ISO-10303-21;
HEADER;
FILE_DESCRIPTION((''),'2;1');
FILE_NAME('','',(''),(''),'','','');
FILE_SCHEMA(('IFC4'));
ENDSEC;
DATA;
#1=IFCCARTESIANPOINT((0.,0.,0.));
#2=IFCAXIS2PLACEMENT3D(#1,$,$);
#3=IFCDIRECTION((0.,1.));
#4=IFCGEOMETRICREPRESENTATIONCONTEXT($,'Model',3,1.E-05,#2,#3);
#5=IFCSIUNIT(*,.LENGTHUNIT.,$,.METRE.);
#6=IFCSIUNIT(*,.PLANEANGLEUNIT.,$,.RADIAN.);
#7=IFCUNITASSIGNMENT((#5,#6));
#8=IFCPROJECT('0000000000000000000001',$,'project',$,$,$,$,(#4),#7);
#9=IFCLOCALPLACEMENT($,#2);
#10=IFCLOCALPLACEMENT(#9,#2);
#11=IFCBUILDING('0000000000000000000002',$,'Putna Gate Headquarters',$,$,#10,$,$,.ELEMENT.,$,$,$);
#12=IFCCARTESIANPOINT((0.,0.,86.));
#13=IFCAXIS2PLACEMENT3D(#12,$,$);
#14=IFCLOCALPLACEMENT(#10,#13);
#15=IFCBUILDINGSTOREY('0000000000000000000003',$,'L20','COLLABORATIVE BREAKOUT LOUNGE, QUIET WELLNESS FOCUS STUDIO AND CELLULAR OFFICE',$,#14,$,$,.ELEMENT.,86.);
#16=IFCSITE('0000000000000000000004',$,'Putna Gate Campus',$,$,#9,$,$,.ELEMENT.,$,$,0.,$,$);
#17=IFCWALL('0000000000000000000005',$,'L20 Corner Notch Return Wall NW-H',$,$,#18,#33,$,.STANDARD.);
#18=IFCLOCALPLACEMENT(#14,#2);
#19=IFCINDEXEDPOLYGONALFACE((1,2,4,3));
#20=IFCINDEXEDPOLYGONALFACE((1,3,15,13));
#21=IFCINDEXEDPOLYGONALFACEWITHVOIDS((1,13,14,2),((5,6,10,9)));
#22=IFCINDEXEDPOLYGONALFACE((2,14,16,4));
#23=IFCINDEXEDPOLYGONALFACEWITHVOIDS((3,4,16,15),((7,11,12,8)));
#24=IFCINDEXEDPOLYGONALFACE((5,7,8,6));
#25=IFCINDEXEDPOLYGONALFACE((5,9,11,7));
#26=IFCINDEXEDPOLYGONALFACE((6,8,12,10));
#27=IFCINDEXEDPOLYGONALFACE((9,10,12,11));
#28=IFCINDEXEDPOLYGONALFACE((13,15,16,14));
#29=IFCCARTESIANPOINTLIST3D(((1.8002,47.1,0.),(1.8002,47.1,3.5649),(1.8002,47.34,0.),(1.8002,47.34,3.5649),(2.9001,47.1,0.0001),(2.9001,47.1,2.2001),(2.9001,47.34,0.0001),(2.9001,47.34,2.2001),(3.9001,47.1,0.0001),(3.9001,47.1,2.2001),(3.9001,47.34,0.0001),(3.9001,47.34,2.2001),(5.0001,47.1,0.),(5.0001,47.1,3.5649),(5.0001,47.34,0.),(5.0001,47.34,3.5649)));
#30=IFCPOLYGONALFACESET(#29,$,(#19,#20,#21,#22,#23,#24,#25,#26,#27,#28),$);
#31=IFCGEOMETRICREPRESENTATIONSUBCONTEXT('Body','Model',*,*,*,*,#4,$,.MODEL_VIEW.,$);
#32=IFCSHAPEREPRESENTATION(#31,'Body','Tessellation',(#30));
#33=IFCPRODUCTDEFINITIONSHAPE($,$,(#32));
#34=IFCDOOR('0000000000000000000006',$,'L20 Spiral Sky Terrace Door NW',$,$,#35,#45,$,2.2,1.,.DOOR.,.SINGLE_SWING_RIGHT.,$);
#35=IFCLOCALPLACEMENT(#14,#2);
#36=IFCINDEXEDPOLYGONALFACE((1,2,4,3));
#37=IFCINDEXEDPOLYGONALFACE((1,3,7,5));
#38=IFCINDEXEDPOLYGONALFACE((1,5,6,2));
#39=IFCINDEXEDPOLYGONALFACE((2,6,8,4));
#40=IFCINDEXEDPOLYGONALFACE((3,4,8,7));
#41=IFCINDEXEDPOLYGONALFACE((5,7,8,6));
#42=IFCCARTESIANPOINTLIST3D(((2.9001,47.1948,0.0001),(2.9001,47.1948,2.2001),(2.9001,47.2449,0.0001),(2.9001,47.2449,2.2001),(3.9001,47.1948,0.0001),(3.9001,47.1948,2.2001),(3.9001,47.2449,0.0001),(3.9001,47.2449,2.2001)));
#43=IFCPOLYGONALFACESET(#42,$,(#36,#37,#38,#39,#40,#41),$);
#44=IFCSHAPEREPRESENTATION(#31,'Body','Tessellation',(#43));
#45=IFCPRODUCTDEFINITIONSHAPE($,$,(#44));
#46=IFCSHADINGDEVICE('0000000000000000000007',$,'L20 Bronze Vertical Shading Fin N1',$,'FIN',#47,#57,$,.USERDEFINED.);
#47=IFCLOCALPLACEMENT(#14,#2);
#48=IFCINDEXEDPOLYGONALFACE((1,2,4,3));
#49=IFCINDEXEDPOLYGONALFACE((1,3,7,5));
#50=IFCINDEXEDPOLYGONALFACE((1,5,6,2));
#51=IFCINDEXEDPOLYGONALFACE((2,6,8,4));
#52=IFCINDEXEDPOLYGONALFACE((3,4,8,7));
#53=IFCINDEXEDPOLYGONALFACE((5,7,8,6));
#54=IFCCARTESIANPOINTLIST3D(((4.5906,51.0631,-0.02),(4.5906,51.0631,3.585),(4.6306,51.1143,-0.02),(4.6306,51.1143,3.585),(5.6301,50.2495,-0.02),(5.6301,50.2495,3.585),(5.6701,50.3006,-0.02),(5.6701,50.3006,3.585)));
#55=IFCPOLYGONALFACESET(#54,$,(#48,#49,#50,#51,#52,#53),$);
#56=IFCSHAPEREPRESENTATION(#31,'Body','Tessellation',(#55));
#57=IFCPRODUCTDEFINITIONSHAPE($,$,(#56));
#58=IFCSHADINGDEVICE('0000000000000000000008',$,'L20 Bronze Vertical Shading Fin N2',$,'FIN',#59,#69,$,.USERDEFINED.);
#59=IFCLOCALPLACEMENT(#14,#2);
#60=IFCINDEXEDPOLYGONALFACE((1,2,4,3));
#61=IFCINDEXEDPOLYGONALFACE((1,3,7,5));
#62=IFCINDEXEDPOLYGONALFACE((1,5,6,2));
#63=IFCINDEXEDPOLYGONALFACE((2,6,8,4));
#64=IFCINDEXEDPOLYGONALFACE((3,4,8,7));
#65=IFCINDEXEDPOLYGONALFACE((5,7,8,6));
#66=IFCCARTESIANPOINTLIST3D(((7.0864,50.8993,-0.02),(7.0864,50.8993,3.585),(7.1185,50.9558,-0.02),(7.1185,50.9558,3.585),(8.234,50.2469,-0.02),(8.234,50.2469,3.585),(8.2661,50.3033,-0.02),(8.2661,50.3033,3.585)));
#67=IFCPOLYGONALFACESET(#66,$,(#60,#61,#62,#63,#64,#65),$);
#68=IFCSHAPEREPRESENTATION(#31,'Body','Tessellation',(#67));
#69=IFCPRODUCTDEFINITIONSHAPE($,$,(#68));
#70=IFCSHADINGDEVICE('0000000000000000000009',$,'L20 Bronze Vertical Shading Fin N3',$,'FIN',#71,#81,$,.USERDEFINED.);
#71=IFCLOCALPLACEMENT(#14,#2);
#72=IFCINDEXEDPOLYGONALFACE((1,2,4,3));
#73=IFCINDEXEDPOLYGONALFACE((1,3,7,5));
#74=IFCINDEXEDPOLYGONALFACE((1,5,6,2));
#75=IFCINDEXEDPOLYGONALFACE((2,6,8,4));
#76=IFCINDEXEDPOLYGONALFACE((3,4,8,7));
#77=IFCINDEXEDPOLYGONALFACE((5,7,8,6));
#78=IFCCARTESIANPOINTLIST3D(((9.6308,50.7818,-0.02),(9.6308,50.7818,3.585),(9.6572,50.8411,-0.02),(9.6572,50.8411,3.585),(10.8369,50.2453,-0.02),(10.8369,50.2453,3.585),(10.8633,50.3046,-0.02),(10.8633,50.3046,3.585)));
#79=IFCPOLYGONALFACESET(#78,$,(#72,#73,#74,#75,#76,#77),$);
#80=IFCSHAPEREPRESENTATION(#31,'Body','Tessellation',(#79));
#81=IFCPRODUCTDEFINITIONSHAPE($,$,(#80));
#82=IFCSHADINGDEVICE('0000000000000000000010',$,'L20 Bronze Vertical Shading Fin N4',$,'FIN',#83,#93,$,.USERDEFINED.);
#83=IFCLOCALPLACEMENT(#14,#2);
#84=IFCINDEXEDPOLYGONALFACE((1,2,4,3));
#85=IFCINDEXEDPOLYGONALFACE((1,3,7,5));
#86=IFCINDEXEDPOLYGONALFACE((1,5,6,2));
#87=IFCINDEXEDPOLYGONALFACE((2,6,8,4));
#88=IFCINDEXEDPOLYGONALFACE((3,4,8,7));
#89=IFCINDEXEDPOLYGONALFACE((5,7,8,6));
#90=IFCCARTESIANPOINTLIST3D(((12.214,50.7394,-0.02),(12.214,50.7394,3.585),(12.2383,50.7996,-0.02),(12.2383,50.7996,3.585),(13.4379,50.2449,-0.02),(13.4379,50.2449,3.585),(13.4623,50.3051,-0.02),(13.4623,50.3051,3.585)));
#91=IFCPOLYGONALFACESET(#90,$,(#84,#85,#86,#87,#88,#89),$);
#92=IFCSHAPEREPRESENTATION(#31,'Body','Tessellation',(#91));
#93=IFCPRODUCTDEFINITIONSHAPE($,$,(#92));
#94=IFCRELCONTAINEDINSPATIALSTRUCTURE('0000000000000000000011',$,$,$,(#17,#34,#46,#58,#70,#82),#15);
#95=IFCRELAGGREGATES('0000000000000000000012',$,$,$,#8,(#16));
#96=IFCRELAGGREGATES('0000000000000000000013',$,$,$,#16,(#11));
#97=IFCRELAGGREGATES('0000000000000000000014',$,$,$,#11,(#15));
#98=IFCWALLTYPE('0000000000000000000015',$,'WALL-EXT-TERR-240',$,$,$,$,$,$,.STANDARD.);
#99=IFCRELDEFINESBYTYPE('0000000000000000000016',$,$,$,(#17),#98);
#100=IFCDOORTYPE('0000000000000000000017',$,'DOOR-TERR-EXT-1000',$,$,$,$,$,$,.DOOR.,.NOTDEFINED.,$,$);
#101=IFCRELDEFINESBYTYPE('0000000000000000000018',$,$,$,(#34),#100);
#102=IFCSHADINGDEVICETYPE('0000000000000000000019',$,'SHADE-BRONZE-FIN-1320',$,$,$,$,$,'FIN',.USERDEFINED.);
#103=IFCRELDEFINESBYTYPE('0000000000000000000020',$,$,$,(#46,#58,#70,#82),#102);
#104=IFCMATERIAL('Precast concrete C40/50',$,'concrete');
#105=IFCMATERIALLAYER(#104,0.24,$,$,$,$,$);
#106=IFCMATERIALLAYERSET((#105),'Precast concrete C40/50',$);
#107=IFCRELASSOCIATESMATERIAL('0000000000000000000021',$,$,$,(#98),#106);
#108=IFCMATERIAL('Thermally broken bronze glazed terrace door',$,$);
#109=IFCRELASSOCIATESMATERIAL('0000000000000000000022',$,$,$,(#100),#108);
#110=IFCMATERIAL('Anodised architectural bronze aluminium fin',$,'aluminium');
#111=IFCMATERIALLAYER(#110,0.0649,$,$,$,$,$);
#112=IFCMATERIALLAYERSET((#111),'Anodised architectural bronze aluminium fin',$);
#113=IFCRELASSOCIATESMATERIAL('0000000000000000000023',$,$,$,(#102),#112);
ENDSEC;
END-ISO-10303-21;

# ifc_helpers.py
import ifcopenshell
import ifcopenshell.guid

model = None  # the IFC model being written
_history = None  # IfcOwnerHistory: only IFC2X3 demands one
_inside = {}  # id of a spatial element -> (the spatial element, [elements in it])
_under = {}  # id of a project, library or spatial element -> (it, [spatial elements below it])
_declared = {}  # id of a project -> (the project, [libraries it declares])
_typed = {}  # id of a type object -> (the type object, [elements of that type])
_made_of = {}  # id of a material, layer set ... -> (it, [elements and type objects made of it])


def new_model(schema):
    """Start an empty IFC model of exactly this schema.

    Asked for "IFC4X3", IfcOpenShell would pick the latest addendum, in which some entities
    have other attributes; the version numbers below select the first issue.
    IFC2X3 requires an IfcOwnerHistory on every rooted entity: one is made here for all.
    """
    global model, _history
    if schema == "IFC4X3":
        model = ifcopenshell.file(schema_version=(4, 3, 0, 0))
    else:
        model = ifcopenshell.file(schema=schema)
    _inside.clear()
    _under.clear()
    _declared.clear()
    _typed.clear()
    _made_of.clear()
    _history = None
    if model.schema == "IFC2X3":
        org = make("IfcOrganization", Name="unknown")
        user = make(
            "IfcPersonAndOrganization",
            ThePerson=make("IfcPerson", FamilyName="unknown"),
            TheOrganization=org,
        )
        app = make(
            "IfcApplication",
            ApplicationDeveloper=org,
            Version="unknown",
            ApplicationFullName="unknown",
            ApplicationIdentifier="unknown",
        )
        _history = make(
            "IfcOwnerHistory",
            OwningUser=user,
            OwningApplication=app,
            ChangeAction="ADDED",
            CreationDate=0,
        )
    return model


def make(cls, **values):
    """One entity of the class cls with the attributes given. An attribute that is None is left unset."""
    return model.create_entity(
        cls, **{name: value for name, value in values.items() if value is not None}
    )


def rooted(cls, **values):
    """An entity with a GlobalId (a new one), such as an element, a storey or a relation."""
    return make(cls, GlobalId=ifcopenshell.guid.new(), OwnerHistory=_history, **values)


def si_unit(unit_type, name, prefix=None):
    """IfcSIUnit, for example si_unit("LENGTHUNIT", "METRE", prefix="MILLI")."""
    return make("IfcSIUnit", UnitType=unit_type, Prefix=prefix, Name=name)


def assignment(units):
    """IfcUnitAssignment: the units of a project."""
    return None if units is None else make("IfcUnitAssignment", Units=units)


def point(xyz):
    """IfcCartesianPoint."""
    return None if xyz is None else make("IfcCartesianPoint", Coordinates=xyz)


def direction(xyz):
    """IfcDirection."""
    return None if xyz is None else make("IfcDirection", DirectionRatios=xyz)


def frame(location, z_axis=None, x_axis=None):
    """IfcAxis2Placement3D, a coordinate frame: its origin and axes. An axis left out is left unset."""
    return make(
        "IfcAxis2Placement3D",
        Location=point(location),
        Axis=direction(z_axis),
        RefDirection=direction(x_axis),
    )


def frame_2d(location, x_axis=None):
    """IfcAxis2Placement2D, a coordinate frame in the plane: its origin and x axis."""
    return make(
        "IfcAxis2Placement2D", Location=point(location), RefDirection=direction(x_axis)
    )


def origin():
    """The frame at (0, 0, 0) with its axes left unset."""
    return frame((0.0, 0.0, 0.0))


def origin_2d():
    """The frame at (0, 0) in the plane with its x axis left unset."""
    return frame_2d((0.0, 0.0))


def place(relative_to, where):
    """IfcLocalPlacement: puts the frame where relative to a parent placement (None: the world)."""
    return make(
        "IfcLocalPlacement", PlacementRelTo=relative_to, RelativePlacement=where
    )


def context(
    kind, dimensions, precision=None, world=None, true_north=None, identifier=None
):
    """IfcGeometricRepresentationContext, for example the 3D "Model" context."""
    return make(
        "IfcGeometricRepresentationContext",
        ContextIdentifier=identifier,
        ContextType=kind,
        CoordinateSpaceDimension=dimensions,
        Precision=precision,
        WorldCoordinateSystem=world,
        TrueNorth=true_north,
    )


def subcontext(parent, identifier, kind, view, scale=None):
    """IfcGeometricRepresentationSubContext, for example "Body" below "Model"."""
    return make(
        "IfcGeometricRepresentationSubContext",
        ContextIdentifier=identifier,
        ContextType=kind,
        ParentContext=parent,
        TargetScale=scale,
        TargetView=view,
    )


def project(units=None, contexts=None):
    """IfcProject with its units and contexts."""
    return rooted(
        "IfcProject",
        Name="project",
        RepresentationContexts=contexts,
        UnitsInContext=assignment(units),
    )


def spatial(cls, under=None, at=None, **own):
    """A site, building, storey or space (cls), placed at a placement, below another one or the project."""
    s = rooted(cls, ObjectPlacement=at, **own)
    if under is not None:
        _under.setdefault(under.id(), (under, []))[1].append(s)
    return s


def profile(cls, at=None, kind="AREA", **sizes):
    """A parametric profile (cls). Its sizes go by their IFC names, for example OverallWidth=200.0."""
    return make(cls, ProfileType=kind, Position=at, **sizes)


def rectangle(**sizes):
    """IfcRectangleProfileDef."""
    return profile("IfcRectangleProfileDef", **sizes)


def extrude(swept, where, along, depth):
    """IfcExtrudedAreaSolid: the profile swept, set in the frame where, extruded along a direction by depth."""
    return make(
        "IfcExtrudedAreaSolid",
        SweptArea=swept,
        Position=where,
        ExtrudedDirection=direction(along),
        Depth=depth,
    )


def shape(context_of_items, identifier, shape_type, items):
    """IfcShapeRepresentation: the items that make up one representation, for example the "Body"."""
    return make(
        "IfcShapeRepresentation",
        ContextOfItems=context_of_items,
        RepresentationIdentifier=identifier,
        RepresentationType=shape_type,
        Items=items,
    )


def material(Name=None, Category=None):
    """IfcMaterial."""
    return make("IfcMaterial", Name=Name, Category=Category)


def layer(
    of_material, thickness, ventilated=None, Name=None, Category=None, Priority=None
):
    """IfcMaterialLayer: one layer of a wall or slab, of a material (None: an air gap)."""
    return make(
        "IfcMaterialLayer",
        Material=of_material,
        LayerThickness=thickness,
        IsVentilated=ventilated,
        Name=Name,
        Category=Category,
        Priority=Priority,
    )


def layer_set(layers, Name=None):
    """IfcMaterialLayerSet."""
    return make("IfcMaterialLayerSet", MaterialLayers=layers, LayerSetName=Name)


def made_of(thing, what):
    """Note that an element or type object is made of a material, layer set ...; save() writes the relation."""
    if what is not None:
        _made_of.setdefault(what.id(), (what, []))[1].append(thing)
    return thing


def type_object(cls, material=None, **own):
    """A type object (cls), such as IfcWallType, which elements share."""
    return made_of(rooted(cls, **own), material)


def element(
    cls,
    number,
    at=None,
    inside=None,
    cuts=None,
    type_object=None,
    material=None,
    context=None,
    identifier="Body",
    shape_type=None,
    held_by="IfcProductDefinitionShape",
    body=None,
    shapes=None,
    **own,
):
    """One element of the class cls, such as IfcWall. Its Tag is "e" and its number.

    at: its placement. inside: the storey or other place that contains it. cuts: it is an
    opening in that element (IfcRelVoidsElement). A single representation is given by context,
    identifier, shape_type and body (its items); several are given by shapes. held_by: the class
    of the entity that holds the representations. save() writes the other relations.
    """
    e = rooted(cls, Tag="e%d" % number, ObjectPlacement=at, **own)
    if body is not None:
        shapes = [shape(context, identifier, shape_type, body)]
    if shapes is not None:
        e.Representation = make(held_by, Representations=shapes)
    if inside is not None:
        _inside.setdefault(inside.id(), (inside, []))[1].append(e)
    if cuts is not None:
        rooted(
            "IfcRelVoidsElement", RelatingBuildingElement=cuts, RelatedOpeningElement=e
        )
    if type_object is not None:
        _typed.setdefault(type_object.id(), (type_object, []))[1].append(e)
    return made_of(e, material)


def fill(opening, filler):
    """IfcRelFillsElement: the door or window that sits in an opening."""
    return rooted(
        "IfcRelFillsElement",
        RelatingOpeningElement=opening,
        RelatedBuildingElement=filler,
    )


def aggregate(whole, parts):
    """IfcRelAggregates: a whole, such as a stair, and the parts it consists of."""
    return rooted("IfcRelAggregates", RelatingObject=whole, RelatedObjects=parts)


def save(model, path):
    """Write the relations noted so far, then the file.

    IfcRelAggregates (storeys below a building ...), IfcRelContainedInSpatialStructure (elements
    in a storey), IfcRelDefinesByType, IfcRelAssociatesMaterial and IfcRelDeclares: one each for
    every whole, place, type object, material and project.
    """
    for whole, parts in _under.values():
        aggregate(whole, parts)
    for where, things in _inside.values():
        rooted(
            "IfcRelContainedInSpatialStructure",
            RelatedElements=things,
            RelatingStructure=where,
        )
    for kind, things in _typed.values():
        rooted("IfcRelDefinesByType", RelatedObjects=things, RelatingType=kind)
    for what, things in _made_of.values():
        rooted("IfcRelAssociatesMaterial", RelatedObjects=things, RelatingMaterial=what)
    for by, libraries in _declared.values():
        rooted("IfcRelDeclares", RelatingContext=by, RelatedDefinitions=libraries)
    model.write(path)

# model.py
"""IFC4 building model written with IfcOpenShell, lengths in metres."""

from ifc_helpers import new_model, si_unit, direction, frame, frame_2d, origin, origin_2d, place, context, subcontext, project, spatial, rectangle, extrude, material, layer, layer_set, type_object, element, fill, save


model = new_model("IFC4")

# Units and contexts
model_context = context("Model", 3, precision=1e-05, world=origin(), true_north=direction((0.0, 1.0)))
body_context = subcontext(model_context, "Body", "Model", "MODEL_VIEW")
ifc_project = project(units=[si_unit("LENGTHUNIT", "METRE"), si_unit("PLANEANGLEUNIT", "RADIAN")], contexts=[model_context])

# Site, building, storey
site_placement = place(None, origin())
site = spatial("IfcSite", under=ifc_project, at=site_placement, Name="Putna Gate Campus", CompositionType="ELEMENT", RefElevation=0.0)
building_placement = place(site_placement, origin())
building = spatial("IfcBuilding", under=site, at=building_placement, Name="Putna Gate Headquarters", CompositionType="ELEMENT")
storey_placement = place(building_placement, frame((0.0, 0.0, 86.0)))
storey = spatial("IfcBuildingStorey", under=building, at=storey_placement, Name="L20", Description="COLLABORATIVE BREAKOUT LOUNGE, QUIET WELLNESS FOCUS STUDIO AND CELLULAR OFFICE", CompositionType="ELEMENT", Elevation=86.0)

# Shared definitions
ifc_material_1 = material(Name="Precast concrete C40/50", Category="concrete")
ifc_layer_1 = layer(ifc_material_1, 0.24)
ifc_layer_set_1 = layer_set([ifc_layer_1], Name="Precast concrete C40/50")
wall_type = type_object("IfcWallType", Name="WALL-EXT-TERR-240", PredefinedType="STANDARD", material=ifc_layer_set_1)

# Wall, opening, door
wall_1_placement = place(storey_placement, frame((1.8, 47.22, 0.0), z_axis=(0.0, 0.0, 1.0), x_axis=(1.0, 0.0, 0.0)))
wall_1 = element("IfcWall", 1, at=wall_1_placement, inside=storey, type_object=wall_type, Name="L20 Corner Notch Return Wall NW-H", PredefinedType="STANDARD", context=body_context, shape_type="SweptSolid", body=[
    extrude(rectangle(XDim=3.2, YDim=0.24, at=frame_2d((1.6001, 0.0))), origin(), (0.0, 0.0, 1.0), 3.5649),
])
opening_placement = place(wall_1_placement, frame((1.1001, 0.0, 0.0)))
opening = element("IfcOpeningElement", 2, at=opening_placement, cuts=wall_1, PredefinedType="OPENING", context=body_context, shape_type="SweptSolid", body=[
    extrude(rectangle(XDim=1.0, YDim=2.2, at=frame_2d((0.5, 1.1001))), frame((0.0, 0.1299, 0.0), z_axis=(0.0, -1.0, 0.0), x_axis=(1.0, 0.0, 0.0)), (0.0, 0.0, 1.0), 0.26),
])
ifc_material_2 = material(Name="Thermally broken bronze glazed terrace door")
door_type = type_object("IfcDoorType", Name="DOOR-TERR-EXT-1000", OperationType="NOTDEFINED", PredefinedType="DOOR", material=ifc_material_2)
door_placement = place(opening_placement, origin())
door = element("IfcDoor", 3, at=door_placement, inside=storey, type_object=door_type, Name="L20 Spiral Sky Terrace Door NW", OperationType="SINGLE_SWING_RIGHT", OverallHeight=2.2, OverallWidth=1.0, PredefinedType="DOOR", context=body_context, shape_type="SweptSolid", body=[
    extrude(rectangle(XDim=1.0, YDim=2.2, at=frame_2d((0.5, 1.1001))), frame((0.0, 0.0249, 0.0), z_axis=(0.0, -1.0, 0.0), x_axis=(1.0, 0.0, 0.0)), (0.0, 0.0, 1.0), 0.05),
])
fill(opening, door)

# Shading devices
ifc_material_3 = material(Name="Anodised architectural bronze aluminium fin", Category="aluminium")
ifc_layer_2 = layer(ifc_material_3, 0.0649)
ifc_layer_set_2 = layer_set([ifc_layer_2], Name="Anodised architectural bronze aluminium fin")
shading_device_type = type_object("IfcShadingDeviceType", Name="SHADE-BRONZE-FIN-1320", ElementType="FIN", PredefinedType="USERDEFINED", material=ifc_layer_set_2)
for number, where, z_axis, x_axis, name in (
    (4, (5.1304, 50.6819, -0.02), (0.0, 0.0, 1.0), (-0.787473, 0.616349, 0.0), "L20 Bronze Vertical Shading Fin N1"),
    (5, (7.6763, 50.6013, -0.02), (0.0, 0.0, 1.0), (-0.869322, 0.494245, 0.0), "L20 Bronze Vertical Shading Fin N2"),
    (6, (10.2471, 50.5432, -0.02), (0.0, 0.0, 1.0), (-0.913687, 0.406418, 0.0), "L20 Bronze Vertical Shading Fin N3"),
    (7, (12.8381, 50.5222, -0.02), (0.0, 0.0, 1.0), (-0.927184, 0.374607, 0.0), "L20 Bronze Vertical Shading Fin N4"),
):
    element("IfcShadingDevice", number, at=place(storey_placement, frame(where, z_axis=z_axis, x_axis=x_axis)), inside=storey, type_object=shading_device_type, Name=name, ObjectType="FIN", PredefinedType="USERDEFINED", context=body_context, shape_type="SweptSolid", body=[
        extrude(rectangle(XDim=1.3201, YDim=0.0649, at=origin_2d()), origin(), (0.0, 0.0, 1.0), 3.605),
    ])

save(model, "model.ifc")
